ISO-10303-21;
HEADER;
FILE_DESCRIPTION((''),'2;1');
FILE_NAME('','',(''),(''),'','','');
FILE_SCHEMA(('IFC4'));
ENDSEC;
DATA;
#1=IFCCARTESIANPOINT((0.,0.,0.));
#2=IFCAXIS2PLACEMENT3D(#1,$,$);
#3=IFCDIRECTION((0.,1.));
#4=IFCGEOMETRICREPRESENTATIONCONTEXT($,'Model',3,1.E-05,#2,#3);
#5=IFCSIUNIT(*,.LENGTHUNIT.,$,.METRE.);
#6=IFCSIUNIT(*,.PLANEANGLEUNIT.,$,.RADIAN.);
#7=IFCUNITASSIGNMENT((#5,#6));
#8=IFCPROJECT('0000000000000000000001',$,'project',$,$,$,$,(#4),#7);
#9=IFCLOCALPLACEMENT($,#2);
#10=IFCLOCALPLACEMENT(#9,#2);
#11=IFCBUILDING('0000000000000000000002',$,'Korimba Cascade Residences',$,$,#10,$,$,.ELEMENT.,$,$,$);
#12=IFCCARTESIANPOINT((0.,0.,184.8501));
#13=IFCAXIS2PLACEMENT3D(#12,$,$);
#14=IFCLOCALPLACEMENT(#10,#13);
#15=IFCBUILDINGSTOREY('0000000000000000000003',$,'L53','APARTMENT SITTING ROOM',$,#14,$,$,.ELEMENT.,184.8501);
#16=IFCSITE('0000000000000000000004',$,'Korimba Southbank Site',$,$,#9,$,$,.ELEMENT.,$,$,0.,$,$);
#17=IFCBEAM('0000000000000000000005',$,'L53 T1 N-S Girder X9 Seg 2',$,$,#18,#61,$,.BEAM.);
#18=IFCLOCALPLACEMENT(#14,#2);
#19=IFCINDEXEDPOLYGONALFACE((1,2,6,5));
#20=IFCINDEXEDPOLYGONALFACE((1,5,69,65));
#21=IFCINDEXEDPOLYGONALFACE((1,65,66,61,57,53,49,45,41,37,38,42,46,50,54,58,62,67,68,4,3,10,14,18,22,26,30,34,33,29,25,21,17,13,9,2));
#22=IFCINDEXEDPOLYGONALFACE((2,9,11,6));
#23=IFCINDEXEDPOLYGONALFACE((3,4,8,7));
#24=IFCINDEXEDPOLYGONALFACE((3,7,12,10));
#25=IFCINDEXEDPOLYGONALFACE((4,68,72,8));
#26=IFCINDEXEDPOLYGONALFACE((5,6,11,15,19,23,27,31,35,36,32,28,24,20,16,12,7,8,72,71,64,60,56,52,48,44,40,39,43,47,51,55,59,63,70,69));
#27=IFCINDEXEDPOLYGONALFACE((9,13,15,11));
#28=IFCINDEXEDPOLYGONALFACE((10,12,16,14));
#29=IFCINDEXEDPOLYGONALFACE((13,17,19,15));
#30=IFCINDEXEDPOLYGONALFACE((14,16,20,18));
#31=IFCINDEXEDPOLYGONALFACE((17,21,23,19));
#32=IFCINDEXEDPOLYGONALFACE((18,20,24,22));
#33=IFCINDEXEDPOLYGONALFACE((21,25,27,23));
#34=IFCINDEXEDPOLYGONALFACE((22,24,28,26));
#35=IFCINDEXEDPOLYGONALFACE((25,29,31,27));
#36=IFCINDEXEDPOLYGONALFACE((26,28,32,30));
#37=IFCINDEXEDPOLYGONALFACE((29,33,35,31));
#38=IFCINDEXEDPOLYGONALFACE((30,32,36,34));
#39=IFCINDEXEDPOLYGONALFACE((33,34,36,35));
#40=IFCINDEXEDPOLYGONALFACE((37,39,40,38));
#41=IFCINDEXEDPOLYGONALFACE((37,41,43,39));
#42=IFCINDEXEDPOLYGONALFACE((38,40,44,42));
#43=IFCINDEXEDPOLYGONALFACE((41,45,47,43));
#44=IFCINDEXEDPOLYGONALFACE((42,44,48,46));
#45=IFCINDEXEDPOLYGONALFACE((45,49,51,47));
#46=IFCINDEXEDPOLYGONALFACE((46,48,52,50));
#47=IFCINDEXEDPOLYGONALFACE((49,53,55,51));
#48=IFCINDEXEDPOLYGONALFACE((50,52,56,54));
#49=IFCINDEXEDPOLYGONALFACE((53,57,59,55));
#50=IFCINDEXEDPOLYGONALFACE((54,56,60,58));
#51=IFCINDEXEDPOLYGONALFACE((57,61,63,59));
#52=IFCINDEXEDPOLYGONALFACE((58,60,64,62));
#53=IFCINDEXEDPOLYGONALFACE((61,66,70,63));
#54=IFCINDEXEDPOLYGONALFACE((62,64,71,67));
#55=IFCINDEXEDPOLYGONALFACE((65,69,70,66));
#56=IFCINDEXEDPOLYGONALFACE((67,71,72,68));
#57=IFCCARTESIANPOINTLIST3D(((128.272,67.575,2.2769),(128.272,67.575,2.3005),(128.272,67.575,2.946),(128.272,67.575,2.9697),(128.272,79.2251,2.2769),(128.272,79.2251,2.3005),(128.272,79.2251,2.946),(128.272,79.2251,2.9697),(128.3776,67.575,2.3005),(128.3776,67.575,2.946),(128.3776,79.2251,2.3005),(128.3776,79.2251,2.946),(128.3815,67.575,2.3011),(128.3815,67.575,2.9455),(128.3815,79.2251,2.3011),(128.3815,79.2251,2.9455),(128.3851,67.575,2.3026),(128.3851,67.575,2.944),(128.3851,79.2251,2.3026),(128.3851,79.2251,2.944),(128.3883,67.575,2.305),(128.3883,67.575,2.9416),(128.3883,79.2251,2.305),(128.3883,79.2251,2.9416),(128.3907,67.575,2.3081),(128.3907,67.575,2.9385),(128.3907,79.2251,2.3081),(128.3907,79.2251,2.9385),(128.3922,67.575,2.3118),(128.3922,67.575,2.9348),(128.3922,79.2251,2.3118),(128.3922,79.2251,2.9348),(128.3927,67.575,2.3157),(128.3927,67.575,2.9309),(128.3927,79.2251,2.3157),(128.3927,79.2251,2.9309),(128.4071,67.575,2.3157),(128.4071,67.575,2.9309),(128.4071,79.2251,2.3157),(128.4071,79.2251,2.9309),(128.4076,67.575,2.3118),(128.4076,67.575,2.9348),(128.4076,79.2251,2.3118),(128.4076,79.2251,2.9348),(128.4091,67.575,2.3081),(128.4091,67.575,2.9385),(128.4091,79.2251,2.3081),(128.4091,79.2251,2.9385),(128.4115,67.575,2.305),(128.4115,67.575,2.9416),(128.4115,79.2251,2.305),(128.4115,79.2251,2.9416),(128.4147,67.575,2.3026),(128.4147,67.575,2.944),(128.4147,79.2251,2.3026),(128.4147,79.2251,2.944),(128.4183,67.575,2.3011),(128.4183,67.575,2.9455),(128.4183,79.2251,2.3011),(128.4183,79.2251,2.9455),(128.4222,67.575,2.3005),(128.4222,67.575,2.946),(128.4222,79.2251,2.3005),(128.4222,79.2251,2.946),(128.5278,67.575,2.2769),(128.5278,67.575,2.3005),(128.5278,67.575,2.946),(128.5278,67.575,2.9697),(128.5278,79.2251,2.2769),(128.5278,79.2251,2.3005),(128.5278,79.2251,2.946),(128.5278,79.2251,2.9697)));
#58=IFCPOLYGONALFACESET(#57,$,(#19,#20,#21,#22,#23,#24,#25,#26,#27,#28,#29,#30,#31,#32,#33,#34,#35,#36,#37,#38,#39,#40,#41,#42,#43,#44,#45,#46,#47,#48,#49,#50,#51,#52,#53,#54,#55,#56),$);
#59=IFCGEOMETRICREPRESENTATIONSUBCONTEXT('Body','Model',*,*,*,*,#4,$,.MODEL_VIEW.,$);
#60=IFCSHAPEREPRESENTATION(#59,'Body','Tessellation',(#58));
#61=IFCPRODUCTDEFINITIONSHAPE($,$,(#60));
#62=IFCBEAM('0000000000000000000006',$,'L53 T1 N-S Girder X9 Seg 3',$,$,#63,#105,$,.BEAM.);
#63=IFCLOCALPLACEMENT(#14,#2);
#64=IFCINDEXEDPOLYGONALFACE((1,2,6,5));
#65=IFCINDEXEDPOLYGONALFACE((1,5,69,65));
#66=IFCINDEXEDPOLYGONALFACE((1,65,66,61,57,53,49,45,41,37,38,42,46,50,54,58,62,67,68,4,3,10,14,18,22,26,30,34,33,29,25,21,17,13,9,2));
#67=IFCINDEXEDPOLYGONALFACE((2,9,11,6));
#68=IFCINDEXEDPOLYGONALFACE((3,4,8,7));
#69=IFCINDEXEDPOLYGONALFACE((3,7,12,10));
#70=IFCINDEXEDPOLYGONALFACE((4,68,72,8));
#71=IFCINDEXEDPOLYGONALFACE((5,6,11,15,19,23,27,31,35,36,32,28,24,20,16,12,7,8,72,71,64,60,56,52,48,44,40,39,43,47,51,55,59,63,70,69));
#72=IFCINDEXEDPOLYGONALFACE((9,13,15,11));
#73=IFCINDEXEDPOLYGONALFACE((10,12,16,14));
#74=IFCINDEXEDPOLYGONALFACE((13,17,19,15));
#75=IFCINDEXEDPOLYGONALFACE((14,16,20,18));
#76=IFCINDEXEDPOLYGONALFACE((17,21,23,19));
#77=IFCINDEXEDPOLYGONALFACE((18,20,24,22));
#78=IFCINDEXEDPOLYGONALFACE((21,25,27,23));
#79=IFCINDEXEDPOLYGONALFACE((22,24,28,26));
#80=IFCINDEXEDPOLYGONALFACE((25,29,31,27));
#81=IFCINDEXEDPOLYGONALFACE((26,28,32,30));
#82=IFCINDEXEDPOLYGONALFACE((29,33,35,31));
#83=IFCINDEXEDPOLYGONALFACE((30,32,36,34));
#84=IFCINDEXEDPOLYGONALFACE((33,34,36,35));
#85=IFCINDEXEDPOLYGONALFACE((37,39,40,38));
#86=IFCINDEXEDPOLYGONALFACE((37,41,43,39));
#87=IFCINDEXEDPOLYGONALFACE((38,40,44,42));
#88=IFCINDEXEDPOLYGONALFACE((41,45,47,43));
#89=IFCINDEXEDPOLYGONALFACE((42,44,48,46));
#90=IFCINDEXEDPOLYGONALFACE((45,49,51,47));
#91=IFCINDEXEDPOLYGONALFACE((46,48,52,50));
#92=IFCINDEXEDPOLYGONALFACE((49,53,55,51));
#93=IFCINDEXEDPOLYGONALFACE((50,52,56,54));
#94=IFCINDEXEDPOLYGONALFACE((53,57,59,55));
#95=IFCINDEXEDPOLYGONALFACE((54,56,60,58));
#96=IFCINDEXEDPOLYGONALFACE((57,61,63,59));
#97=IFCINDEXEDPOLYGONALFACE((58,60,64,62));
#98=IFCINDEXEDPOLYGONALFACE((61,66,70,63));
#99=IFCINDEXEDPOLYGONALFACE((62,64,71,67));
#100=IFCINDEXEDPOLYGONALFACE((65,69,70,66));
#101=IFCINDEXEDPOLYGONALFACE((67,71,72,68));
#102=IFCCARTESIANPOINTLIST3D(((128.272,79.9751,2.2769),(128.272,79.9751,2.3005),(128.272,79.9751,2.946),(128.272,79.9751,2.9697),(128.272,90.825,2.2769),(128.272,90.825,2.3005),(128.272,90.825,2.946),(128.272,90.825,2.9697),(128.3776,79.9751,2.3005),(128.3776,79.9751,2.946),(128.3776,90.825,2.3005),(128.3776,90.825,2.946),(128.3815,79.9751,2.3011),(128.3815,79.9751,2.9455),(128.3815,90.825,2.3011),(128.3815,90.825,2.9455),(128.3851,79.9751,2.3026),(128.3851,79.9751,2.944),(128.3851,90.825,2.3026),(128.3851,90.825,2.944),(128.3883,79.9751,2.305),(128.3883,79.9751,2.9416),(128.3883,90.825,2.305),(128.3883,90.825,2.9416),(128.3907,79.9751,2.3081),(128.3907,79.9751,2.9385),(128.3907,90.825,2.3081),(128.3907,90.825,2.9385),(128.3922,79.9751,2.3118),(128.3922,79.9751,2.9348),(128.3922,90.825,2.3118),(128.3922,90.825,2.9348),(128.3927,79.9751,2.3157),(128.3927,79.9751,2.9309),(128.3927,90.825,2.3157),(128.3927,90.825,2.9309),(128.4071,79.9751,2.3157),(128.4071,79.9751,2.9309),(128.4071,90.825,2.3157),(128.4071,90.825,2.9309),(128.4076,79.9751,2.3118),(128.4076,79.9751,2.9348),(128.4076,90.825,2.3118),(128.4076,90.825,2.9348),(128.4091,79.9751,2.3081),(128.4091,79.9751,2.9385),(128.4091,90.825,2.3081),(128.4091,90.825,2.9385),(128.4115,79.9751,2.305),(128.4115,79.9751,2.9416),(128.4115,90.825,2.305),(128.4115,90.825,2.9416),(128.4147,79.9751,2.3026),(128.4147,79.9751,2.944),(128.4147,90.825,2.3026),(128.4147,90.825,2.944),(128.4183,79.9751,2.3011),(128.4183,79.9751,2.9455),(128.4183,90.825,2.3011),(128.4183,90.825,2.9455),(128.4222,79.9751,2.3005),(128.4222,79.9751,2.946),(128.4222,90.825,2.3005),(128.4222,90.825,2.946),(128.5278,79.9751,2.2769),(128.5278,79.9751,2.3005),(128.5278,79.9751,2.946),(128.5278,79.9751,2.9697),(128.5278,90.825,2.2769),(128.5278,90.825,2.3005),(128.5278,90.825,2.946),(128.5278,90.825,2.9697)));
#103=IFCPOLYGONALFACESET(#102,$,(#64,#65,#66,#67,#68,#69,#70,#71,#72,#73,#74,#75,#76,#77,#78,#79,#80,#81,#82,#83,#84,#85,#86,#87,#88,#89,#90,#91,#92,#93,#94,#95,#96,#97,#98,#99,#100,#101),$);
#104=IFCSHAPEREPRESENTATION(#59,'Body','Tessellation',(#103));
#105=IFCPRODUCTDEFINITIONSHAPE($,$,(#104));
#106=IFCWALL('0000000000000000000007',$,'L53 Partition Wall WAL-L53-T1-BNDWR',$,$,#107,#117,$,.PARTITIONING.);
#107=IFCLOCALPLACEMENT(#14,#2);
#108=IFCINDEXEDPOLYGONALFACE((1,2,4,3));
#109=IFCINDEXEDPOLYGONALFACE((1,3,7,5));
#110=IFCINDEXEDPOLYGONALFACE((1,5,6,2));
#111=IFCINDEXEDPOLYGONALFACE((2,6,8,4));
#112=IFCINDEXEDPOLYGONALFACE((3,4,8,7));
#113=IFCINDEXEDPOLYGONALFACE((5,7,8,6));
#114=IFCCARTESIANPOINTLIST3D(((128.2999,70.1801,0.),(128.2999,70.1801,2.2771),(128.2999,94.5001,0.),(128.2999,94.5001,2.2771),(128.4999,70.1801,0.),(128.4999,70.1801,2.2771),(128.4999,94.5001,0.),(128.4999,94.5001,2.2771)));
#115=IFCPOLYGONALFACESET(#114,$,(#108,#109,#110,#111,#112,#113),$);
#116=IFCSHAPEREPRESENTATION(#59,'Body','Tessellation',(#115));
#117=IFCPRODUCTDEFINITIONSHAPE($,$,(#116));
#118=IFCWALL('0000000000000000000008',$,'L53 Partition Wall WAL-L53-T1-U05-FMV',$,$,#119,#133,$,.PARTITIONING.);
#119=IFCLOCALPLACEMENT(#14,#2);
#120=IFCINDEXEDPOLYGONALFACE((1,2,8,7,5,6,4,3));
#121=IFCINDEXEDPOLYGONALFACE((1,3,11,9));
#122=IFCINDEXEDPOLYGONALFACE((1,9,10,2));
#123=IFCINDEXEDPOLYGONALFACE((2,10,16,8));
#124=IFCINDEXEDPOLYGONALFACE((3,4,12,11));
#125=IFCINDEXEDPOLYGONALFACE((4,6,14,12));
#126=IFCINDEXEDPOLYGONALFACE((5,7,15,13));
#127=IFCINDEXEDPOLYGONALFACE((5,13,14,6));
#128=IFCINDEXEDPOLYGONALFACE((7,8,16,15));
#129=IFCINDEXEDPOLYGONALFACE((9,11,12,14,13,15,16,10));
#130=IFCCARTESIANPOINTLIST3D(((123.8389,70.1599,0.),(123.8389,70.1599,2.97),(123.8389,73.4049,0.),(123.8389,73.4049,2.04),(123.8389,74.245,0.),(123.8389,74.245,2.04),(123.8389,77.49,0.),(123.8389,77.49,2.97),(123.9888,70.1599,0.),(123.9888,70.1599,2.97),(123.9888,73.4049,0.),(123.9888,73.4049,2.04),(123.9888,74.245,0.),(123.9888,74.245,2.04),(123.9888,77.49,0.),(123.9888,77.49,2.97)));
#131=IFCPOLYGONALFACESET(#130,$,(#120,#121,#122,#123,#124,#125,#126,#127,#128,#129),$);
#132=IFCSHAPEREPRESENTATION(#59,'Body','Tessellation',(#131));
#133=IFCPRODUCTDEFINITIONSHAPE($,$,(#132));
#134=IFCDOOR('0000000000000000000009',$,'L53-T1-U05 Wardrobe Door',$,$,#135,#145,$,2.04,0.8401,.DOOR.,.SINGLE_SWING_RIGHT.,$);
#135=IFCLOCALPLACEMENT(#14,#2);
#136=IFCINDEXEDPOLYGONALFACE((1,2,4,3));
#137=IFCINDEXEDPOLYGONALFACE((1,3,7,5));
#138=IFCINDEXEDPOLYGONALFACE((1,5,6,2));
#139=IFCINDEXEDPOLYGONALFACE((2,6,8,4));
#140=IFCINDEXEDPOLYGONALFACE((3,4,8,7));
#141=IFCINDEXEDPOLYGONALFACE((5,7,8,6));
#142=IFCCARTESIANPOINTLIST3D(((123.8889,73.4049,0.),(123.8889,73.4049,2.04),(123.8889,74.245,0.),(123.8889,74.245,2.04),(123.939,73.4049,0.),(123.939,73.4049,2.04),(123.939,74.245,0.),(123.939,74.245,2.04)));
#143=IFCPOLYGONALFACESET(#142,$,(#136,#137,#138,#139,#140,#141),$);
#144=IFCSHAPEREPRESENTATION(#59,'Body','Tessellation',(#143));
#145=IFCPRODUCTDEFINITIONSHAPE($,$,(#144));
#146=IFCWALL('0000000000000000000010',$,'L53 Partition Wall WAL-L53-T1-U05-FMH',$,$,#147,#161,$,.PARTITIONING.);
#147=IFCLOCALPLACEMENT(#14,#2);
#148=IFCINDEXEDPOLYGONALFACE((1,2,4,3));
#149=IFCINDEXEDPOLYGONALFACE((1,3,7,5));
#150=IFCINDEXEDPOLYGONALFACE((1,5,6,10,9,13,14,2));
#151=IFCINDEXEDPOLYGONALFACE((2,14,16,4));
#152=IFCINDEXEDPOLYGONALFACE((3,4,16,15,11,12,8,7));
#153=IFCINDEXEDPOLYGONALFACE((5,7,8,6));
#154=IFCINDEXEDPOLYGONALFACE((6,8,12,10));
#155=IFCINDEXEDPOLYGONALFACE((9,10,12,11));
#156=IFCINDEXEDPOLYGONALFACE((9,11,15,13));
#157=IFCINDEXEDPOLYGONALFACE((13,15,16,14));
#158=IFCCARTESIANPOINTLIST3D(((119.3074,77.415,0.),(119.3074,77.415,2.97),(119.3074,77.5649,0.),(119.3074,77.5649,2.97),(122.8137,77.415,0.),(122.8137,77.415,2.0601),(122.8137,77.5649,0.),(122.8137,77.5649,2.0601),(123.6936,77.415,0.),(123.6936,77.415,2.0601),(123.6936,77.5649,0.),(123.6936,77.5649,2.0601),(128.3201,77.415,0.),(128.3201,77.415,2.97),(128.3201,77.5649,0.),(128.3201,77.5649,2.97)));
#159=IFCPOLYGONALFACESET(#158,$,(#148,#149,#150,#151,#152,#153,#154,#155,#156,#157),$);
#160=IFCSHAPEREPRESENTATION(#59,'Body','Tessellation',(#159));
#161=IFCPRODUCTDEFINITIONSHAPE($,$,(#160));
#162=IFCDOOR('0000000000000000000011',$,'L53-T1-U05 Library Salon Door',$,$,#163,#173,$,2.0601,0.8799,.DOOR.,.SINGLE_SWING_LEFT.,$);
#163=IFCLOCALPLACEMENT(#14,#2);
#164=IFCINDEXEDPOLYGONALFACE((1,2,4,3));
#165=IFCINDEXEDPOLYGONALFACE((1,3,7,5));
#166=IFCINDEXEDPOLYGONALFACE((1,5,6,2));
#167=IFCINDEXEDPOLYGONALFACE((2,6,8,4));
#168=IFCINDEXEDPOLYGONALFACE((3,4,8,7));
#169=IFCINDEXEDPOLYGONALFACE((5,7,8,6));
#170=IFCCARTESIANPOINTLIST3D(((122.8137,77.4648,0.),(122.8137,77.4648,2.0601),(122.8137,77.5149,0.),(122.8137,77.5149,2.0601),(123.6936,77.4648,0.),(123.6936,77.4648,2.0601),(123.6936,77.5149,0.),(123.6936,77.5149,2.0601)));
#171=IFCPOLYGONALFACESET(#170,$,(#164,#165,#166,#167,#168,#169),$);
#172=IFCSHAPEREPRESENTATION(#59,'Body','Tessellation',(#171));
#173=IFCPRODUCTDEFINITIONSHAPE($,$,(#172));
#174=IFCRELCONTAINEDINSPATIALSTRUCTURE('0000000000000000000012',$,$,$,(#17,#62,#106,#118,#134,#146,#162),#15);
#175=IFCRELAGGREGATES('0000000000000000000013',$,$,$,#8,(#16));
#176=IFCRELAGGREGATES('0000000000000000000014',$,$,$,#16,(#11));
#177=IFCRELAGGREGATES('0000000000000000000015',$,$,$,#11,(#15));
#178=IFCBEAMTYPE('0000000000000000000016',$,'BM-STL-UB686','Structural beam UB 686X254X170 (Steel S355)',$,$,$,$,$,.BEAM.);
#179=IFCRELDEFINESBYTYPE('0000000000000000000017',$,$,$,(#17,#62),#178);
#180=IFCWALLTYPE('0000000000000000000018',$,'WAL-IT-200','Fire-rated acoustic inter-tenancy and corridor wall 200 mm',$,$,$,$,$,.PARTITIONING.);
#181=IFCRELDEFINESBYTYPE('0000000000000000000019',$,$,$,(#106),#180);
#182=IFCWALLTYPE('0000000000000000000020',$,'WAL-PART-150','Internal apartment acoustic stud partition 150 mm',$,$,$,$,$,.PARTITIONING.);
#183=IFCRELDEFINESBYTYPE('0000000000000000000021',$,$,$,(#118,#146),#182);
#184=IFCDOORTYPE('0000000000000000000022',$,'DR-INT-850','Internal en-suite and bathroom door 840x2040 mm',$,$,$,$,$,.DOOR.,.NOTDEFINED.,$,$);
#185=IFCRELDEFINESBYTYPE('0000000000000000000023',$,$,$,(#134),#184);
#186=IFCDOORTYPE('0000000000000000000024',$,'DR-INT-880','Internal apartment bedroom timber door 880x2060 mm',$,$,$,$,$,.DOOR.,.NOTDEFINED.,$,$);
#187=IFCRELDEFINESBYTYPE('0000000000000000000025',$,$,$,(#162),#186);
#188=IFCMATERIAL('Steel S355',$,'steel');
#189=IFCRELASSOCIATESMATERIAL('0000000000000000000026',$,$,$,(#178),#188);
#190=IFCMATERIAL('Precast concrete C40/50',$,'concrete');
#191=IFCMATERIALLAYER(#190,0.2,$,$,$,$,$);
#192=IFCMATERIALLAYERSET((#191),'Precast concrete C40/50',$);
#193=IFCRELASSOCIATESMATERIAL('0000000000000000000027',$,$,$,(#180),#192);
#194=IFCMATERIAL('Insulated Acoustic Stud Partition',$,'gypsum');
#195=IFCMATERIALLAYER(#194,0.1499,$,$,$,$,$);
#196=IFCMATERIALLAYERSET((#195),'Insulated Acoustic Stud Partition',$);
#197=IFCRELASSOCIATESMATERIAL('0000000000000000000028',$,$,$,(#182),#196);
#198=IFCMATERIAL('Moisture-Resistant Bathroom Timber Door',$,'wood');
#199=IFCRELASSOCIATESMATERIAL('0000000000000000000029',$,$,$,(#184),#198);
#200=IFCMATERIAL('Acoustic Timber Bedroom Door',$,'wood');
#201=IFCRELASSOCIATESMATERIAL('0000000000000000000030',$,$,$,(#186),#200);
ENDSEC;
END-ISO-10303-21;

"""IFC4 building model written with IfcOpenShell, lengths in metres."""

from ifc_helpers import new_model, si_unit, direction, frame, frame_2d, origin, origin_2d, place, context, subcontext, project, spatial, rectangle, i_section, extrude, material, layer, layer_set, material_profile, profile_set, type_object, element, fill, save


model = new_model("IFC4")

# Units and contexts
model_context = context("Model", 3, precision=1e-05, world=origin(), true_north=direction((0.0, 1.0)))
body_context = subcontext(model_context, "Body", "Model", "MODEL_VIEW")
ifc_project = project(units=[si_unit("LENGTHUNIT", "METRE"), si_unit("PLANEANGLEUNIT", "RADIAN")], contexts=[model_context])

# Site, building, storey
site_placement = place(None, origin())
site = spatial("IfcSite", under=ifc_project, at=site_placement, Name="Korimba Southbank Site", CompositionType="ELEMENT", RefElevation=0.0)
building_placement = place(site_placement, origin())
building = spatial("IfcBuilding", under=site, at=building_placement, Name="Korimba Cascade Residences", CompositionType="ELEMENT")
storey_placement = place(building_placement, frame((0.0, 0.0, 184.8501)))
storey = spatial("IfcBuildingStorey", under=building, at=storey_placement, Name="L53", Description="APARTMENT SITTING ROOM", CompositionType="ELEMENT", Elevation=184.8501)

# Beams
ifc_material_1 = material(Name="Steel S355", Category="steel")
ifc_material_profile_1 = material_profile(ifc_material_1, i_section(OverallWidth=0.2559, OverallDepth=0.6929, WebThickness=0.0144, FlangeThickness=0.0237, FilletRadius=0.0151, at=origin_2d()), Name="Steel S355")
ifc_profile_set_1 = profile_set([ifc_material_profile_1], Name="Steel S355")
beam_type_1 = type_object("IfcBeamType", Name="BM-STL-UB686", Description="Structural beam UB 686X254X170 (Steel S355)", PredefinedType="BEAM", material=ifc_profile_set_1)
beam_1_placement = place(storey_placement, frame((128.3999, 67.575, 2.6233), z_axis=(0.0, 1.0, 0.0), x_axis=(-1.0, 0.0, 0.0)))
element("IfcBeam", 1, at=beam_1_placement, inside=storey, type_object=beam_type_1, Name="L53 T1 N-S Girder X9 Seg 2", PredefinedType="BEAM", context=body_context, shape_type="SweptSolid", body=[
    extrude(i_section(OverallWidth=0.2559, OverallDepth=0.6929, WebThickness=0.0144, FlangeThickness=0.0237, FilletRadius=0.0151, at=origin_2d()), origin(), (0.0, 0.0, 1.0), 11.6501),
])
beam_2_placement = place(storey_placement, frame((128.3999, 79.9751, 2.6233), z_axis=(0.0, 1.0, 0.0), x_axis=(-1.0, 0.0, 0.0)))
element("IfcBeam", 2, at=beam_2_placement, inside=storey, type_object=beam_type_1, Name="L53 T1 N-S Girder X9 Seg 3", PredefinedType="BEAM", context=body_context, shape_type="SweptSolid", body=[
    extrude(i_section(OverallWidth=0.2559, OverallDepth=0.6929, WebThickness=0.0144, FlangeThickness=0.0237, FilletRadius=0.0151, at=origin_2d()), origin(), (0.0, 0.0, 1.0), 10.8499),
])

# Wall
ifc_material_2 = material(Name="Precast concrete C40/50", Category="concrete")
ifc_layer_1 = layer(ifc_material_2, 0.2)
ifc_layer_set_1 = layer_set([ifc_layer_1], Name="Precast concrete C40/50")
wall_type_1 = type_object("IfcWallType", Name="WAL-IT-200", Description="Fire-rated acoustic inter-tenancy and corridor wall 200 mm", PredefinedType="PARTITIONING", material=ifc_layer_set_1)
wall_1_placement = place(storey_placement, frame((128.3999, 70.1799, 0.0), z_axis=(0.0, 0.0, 1.0), x_axis=(0.0, 1.0, 0.0)))
element("IfcWall", 3, at=wall_1_placement, inside=storey, type_object=wall_type_1, Name="L53 Partition Wall WAL-L53-T1-BNDWR", PredefinedType="PARTITIONING", context=body_context, shape_type="SweptSolid", body=[
    extrude(rectangle(XDim=24.3201, YDim=0.2, at=frame_2d((12.1602, 0.0))), origin(), (0.0, 0.0, 1.0), 2.2771),
])

# Walls, openings, doors
ifc_material_3 = material(Name="Insulated Acoustic Stud Partition", Category="gypsum")
ifc_layer_2 = layer(ifc_material_3, 0.1499)
ifc_layer_set_2 = layer_set([ifc_layer_2], Name="Insulated Acoustic Stud Partition")
wall_type_2 = type_object("IfcWallType", Name="WAL-PART-150", Description="Internal apartment acoustic stud partition 150 mm", PredefinedType="PARTITIONING", material=ifc_layer_set_2)
wall_2_placement = place(storey_placement, frame((123.9138, 70.1599, 0.0), z_axis=(0.0, 0.0, 1.0), x_axis=(0.0, 1.0, 0.0)))
wall_2 = element("IfcWall", 4, at=wall_2_placement, inside=storey, type_object=wall_type_2, Name="L53 Partition Wall WAL-L53-T1-U05-FMV", PredefinedType="PARTITIONING", context=body_context, shape_type="SweptSolid", body=[
    extrude(rectangle(XDim=7.3301, YDim=0.1499, at=frame_2d((3.665, 0.0))), origin(), (0.0, 0.0, 1.0), 2.97),
])
opening_1_placement = place(wall_2_placement, frame((3.2451, 0.0, 0.0)))
opening_1 = element("IfcOpeningElement", 5, at=opening_1_placement, cuts=wall_2, PredefinedType="OPENING", context=body_context, shape_type="SweptSolid", body=[
    extrude(rectangle(XDim=0.8401, YDim=2.04, at=frame_2d((0.4199, 1.02))), frame((0.0, 0.085, 0.0), z_axis=(0.0, -1.0, 0.0), x_axis=(1.0, 0.0, 0.0)), (0.0, 0.0, 1.0), 0.1699),
])
ifc_material_4 = material(Name="Moisture-Resistant Bathroom Timber Door", Category="wood")
door_type_1 = type_object("IfcDoorType", Name="DR-INT-850", Description="Internal en-suite and bathroom door 840x2040 mm", OperationType="NOTDEFINED", PredefinedType="DOOR", material=ifc_material_4)
door_1_placement = place(opening_1_placement, origin())
door_1 = element("IfcDoor", 6, at=door_1_placement, inside=storey, type_object=door_type_1, Name="L53-T1-U05 Wardrobe Door", OperationType="SINGLE_SWING_RIGHT", OverallHeight=2.04, OverallWidth=0.8401, PredefinedType="DOOR", context=body_context, shape_type="SweptSolid", body=[
    extrude(rectangle(XDim=0.8401, YDim=2.04, at=frame_2d((0.4199, 1.02))), frame((0.0, 0.0249, 0.0), z_axis=(0.0, -1.0, 0.0), x_axis=(1.0, 0.0, 0.0)), (0.0, 0.0, 1.0), 0.05),
])
fill(opening_1, door_1)
wall_3_placement = place(storey_placement, frame((119.3074, 77.49, 0.0), z_axis=(0.0, 0.0, 1.0), x_axis=(1.0, 0.0, 0.0)))
wall_3 = element("IfcWall", 7, at=wall_3_placement, inside=storey, type_object=wall_type_2, Name="L53 Partition Wall WAL-L53-T1-U05-FMH", PredefinedType="PARTITIONING", context=body_context, shape_type="SweptSolid", body=[
    extrude(rectangle(XDim=9.0127, YDim=0.1499, at=frame_2d((4.5063, 0.0))), origin(), (0.0, 0.0, 1.0), 2.97),
])
opening_2_placement = place(wall_3_placement, frame((3.5063, 0.0, 0.0)))
opening_2 = element("IfcOpeningElement", 8, at=opening_2_placement, cuts=wall_3, PredefinedType="OPENING", context=body_context, shape_type="SweptSolid", body=[
    extrude(rectangle(XDim=0.8799, YDim=2.0601, at=frame_2d((0.4399, 1.03))), frame((0.0, 0.085, 0.0), z_axis=(0.0, -1.0, 0.0), x_axis=(1.0, 0.0, 0.0)), (0.0, 0.0, 1.0), 0.1699),
])
ifc_material_5 = material(Name="Acoustic Timber Bedroom Door", Category="wood")
door_type_2 = type_object("IfcDoorType", Name="DR-INT-880", Description="Internal apartment bedroom timber door 880x2060 mm", OperationType="NOTDEFINED", PredefinedType="DOOR", material=ifc_material_5)
door_2_placement = place(opening_2_placement, origin())
door_2 = element("IfcDoor", 9, at=door_2_placement, inside=storey, type_object=door_type_2, Name="L53-T1-U05 Library Salon Door", OperationType="SINGLE_SWING_LEFT", OverallHeight=2.0601, OverallWidth=0.8799, PredefinedType="DOOR", context=body_context, shape_type="SweptSolid", body=[
    extrude(rectangle(XDim=0.8799, YDim=2.0601, at=frame_2d((0.4399, 1.03))), frame((0.0, 0.0249, 0.0), z_axis=(0.0, -1.0, 0.0), x_axis=(1.0, 0.0, 0.0)), (0.0, 0.0, 1.0), 0.05),
])
fill(opening_2, door_2)

save(model, "model.ifc")
